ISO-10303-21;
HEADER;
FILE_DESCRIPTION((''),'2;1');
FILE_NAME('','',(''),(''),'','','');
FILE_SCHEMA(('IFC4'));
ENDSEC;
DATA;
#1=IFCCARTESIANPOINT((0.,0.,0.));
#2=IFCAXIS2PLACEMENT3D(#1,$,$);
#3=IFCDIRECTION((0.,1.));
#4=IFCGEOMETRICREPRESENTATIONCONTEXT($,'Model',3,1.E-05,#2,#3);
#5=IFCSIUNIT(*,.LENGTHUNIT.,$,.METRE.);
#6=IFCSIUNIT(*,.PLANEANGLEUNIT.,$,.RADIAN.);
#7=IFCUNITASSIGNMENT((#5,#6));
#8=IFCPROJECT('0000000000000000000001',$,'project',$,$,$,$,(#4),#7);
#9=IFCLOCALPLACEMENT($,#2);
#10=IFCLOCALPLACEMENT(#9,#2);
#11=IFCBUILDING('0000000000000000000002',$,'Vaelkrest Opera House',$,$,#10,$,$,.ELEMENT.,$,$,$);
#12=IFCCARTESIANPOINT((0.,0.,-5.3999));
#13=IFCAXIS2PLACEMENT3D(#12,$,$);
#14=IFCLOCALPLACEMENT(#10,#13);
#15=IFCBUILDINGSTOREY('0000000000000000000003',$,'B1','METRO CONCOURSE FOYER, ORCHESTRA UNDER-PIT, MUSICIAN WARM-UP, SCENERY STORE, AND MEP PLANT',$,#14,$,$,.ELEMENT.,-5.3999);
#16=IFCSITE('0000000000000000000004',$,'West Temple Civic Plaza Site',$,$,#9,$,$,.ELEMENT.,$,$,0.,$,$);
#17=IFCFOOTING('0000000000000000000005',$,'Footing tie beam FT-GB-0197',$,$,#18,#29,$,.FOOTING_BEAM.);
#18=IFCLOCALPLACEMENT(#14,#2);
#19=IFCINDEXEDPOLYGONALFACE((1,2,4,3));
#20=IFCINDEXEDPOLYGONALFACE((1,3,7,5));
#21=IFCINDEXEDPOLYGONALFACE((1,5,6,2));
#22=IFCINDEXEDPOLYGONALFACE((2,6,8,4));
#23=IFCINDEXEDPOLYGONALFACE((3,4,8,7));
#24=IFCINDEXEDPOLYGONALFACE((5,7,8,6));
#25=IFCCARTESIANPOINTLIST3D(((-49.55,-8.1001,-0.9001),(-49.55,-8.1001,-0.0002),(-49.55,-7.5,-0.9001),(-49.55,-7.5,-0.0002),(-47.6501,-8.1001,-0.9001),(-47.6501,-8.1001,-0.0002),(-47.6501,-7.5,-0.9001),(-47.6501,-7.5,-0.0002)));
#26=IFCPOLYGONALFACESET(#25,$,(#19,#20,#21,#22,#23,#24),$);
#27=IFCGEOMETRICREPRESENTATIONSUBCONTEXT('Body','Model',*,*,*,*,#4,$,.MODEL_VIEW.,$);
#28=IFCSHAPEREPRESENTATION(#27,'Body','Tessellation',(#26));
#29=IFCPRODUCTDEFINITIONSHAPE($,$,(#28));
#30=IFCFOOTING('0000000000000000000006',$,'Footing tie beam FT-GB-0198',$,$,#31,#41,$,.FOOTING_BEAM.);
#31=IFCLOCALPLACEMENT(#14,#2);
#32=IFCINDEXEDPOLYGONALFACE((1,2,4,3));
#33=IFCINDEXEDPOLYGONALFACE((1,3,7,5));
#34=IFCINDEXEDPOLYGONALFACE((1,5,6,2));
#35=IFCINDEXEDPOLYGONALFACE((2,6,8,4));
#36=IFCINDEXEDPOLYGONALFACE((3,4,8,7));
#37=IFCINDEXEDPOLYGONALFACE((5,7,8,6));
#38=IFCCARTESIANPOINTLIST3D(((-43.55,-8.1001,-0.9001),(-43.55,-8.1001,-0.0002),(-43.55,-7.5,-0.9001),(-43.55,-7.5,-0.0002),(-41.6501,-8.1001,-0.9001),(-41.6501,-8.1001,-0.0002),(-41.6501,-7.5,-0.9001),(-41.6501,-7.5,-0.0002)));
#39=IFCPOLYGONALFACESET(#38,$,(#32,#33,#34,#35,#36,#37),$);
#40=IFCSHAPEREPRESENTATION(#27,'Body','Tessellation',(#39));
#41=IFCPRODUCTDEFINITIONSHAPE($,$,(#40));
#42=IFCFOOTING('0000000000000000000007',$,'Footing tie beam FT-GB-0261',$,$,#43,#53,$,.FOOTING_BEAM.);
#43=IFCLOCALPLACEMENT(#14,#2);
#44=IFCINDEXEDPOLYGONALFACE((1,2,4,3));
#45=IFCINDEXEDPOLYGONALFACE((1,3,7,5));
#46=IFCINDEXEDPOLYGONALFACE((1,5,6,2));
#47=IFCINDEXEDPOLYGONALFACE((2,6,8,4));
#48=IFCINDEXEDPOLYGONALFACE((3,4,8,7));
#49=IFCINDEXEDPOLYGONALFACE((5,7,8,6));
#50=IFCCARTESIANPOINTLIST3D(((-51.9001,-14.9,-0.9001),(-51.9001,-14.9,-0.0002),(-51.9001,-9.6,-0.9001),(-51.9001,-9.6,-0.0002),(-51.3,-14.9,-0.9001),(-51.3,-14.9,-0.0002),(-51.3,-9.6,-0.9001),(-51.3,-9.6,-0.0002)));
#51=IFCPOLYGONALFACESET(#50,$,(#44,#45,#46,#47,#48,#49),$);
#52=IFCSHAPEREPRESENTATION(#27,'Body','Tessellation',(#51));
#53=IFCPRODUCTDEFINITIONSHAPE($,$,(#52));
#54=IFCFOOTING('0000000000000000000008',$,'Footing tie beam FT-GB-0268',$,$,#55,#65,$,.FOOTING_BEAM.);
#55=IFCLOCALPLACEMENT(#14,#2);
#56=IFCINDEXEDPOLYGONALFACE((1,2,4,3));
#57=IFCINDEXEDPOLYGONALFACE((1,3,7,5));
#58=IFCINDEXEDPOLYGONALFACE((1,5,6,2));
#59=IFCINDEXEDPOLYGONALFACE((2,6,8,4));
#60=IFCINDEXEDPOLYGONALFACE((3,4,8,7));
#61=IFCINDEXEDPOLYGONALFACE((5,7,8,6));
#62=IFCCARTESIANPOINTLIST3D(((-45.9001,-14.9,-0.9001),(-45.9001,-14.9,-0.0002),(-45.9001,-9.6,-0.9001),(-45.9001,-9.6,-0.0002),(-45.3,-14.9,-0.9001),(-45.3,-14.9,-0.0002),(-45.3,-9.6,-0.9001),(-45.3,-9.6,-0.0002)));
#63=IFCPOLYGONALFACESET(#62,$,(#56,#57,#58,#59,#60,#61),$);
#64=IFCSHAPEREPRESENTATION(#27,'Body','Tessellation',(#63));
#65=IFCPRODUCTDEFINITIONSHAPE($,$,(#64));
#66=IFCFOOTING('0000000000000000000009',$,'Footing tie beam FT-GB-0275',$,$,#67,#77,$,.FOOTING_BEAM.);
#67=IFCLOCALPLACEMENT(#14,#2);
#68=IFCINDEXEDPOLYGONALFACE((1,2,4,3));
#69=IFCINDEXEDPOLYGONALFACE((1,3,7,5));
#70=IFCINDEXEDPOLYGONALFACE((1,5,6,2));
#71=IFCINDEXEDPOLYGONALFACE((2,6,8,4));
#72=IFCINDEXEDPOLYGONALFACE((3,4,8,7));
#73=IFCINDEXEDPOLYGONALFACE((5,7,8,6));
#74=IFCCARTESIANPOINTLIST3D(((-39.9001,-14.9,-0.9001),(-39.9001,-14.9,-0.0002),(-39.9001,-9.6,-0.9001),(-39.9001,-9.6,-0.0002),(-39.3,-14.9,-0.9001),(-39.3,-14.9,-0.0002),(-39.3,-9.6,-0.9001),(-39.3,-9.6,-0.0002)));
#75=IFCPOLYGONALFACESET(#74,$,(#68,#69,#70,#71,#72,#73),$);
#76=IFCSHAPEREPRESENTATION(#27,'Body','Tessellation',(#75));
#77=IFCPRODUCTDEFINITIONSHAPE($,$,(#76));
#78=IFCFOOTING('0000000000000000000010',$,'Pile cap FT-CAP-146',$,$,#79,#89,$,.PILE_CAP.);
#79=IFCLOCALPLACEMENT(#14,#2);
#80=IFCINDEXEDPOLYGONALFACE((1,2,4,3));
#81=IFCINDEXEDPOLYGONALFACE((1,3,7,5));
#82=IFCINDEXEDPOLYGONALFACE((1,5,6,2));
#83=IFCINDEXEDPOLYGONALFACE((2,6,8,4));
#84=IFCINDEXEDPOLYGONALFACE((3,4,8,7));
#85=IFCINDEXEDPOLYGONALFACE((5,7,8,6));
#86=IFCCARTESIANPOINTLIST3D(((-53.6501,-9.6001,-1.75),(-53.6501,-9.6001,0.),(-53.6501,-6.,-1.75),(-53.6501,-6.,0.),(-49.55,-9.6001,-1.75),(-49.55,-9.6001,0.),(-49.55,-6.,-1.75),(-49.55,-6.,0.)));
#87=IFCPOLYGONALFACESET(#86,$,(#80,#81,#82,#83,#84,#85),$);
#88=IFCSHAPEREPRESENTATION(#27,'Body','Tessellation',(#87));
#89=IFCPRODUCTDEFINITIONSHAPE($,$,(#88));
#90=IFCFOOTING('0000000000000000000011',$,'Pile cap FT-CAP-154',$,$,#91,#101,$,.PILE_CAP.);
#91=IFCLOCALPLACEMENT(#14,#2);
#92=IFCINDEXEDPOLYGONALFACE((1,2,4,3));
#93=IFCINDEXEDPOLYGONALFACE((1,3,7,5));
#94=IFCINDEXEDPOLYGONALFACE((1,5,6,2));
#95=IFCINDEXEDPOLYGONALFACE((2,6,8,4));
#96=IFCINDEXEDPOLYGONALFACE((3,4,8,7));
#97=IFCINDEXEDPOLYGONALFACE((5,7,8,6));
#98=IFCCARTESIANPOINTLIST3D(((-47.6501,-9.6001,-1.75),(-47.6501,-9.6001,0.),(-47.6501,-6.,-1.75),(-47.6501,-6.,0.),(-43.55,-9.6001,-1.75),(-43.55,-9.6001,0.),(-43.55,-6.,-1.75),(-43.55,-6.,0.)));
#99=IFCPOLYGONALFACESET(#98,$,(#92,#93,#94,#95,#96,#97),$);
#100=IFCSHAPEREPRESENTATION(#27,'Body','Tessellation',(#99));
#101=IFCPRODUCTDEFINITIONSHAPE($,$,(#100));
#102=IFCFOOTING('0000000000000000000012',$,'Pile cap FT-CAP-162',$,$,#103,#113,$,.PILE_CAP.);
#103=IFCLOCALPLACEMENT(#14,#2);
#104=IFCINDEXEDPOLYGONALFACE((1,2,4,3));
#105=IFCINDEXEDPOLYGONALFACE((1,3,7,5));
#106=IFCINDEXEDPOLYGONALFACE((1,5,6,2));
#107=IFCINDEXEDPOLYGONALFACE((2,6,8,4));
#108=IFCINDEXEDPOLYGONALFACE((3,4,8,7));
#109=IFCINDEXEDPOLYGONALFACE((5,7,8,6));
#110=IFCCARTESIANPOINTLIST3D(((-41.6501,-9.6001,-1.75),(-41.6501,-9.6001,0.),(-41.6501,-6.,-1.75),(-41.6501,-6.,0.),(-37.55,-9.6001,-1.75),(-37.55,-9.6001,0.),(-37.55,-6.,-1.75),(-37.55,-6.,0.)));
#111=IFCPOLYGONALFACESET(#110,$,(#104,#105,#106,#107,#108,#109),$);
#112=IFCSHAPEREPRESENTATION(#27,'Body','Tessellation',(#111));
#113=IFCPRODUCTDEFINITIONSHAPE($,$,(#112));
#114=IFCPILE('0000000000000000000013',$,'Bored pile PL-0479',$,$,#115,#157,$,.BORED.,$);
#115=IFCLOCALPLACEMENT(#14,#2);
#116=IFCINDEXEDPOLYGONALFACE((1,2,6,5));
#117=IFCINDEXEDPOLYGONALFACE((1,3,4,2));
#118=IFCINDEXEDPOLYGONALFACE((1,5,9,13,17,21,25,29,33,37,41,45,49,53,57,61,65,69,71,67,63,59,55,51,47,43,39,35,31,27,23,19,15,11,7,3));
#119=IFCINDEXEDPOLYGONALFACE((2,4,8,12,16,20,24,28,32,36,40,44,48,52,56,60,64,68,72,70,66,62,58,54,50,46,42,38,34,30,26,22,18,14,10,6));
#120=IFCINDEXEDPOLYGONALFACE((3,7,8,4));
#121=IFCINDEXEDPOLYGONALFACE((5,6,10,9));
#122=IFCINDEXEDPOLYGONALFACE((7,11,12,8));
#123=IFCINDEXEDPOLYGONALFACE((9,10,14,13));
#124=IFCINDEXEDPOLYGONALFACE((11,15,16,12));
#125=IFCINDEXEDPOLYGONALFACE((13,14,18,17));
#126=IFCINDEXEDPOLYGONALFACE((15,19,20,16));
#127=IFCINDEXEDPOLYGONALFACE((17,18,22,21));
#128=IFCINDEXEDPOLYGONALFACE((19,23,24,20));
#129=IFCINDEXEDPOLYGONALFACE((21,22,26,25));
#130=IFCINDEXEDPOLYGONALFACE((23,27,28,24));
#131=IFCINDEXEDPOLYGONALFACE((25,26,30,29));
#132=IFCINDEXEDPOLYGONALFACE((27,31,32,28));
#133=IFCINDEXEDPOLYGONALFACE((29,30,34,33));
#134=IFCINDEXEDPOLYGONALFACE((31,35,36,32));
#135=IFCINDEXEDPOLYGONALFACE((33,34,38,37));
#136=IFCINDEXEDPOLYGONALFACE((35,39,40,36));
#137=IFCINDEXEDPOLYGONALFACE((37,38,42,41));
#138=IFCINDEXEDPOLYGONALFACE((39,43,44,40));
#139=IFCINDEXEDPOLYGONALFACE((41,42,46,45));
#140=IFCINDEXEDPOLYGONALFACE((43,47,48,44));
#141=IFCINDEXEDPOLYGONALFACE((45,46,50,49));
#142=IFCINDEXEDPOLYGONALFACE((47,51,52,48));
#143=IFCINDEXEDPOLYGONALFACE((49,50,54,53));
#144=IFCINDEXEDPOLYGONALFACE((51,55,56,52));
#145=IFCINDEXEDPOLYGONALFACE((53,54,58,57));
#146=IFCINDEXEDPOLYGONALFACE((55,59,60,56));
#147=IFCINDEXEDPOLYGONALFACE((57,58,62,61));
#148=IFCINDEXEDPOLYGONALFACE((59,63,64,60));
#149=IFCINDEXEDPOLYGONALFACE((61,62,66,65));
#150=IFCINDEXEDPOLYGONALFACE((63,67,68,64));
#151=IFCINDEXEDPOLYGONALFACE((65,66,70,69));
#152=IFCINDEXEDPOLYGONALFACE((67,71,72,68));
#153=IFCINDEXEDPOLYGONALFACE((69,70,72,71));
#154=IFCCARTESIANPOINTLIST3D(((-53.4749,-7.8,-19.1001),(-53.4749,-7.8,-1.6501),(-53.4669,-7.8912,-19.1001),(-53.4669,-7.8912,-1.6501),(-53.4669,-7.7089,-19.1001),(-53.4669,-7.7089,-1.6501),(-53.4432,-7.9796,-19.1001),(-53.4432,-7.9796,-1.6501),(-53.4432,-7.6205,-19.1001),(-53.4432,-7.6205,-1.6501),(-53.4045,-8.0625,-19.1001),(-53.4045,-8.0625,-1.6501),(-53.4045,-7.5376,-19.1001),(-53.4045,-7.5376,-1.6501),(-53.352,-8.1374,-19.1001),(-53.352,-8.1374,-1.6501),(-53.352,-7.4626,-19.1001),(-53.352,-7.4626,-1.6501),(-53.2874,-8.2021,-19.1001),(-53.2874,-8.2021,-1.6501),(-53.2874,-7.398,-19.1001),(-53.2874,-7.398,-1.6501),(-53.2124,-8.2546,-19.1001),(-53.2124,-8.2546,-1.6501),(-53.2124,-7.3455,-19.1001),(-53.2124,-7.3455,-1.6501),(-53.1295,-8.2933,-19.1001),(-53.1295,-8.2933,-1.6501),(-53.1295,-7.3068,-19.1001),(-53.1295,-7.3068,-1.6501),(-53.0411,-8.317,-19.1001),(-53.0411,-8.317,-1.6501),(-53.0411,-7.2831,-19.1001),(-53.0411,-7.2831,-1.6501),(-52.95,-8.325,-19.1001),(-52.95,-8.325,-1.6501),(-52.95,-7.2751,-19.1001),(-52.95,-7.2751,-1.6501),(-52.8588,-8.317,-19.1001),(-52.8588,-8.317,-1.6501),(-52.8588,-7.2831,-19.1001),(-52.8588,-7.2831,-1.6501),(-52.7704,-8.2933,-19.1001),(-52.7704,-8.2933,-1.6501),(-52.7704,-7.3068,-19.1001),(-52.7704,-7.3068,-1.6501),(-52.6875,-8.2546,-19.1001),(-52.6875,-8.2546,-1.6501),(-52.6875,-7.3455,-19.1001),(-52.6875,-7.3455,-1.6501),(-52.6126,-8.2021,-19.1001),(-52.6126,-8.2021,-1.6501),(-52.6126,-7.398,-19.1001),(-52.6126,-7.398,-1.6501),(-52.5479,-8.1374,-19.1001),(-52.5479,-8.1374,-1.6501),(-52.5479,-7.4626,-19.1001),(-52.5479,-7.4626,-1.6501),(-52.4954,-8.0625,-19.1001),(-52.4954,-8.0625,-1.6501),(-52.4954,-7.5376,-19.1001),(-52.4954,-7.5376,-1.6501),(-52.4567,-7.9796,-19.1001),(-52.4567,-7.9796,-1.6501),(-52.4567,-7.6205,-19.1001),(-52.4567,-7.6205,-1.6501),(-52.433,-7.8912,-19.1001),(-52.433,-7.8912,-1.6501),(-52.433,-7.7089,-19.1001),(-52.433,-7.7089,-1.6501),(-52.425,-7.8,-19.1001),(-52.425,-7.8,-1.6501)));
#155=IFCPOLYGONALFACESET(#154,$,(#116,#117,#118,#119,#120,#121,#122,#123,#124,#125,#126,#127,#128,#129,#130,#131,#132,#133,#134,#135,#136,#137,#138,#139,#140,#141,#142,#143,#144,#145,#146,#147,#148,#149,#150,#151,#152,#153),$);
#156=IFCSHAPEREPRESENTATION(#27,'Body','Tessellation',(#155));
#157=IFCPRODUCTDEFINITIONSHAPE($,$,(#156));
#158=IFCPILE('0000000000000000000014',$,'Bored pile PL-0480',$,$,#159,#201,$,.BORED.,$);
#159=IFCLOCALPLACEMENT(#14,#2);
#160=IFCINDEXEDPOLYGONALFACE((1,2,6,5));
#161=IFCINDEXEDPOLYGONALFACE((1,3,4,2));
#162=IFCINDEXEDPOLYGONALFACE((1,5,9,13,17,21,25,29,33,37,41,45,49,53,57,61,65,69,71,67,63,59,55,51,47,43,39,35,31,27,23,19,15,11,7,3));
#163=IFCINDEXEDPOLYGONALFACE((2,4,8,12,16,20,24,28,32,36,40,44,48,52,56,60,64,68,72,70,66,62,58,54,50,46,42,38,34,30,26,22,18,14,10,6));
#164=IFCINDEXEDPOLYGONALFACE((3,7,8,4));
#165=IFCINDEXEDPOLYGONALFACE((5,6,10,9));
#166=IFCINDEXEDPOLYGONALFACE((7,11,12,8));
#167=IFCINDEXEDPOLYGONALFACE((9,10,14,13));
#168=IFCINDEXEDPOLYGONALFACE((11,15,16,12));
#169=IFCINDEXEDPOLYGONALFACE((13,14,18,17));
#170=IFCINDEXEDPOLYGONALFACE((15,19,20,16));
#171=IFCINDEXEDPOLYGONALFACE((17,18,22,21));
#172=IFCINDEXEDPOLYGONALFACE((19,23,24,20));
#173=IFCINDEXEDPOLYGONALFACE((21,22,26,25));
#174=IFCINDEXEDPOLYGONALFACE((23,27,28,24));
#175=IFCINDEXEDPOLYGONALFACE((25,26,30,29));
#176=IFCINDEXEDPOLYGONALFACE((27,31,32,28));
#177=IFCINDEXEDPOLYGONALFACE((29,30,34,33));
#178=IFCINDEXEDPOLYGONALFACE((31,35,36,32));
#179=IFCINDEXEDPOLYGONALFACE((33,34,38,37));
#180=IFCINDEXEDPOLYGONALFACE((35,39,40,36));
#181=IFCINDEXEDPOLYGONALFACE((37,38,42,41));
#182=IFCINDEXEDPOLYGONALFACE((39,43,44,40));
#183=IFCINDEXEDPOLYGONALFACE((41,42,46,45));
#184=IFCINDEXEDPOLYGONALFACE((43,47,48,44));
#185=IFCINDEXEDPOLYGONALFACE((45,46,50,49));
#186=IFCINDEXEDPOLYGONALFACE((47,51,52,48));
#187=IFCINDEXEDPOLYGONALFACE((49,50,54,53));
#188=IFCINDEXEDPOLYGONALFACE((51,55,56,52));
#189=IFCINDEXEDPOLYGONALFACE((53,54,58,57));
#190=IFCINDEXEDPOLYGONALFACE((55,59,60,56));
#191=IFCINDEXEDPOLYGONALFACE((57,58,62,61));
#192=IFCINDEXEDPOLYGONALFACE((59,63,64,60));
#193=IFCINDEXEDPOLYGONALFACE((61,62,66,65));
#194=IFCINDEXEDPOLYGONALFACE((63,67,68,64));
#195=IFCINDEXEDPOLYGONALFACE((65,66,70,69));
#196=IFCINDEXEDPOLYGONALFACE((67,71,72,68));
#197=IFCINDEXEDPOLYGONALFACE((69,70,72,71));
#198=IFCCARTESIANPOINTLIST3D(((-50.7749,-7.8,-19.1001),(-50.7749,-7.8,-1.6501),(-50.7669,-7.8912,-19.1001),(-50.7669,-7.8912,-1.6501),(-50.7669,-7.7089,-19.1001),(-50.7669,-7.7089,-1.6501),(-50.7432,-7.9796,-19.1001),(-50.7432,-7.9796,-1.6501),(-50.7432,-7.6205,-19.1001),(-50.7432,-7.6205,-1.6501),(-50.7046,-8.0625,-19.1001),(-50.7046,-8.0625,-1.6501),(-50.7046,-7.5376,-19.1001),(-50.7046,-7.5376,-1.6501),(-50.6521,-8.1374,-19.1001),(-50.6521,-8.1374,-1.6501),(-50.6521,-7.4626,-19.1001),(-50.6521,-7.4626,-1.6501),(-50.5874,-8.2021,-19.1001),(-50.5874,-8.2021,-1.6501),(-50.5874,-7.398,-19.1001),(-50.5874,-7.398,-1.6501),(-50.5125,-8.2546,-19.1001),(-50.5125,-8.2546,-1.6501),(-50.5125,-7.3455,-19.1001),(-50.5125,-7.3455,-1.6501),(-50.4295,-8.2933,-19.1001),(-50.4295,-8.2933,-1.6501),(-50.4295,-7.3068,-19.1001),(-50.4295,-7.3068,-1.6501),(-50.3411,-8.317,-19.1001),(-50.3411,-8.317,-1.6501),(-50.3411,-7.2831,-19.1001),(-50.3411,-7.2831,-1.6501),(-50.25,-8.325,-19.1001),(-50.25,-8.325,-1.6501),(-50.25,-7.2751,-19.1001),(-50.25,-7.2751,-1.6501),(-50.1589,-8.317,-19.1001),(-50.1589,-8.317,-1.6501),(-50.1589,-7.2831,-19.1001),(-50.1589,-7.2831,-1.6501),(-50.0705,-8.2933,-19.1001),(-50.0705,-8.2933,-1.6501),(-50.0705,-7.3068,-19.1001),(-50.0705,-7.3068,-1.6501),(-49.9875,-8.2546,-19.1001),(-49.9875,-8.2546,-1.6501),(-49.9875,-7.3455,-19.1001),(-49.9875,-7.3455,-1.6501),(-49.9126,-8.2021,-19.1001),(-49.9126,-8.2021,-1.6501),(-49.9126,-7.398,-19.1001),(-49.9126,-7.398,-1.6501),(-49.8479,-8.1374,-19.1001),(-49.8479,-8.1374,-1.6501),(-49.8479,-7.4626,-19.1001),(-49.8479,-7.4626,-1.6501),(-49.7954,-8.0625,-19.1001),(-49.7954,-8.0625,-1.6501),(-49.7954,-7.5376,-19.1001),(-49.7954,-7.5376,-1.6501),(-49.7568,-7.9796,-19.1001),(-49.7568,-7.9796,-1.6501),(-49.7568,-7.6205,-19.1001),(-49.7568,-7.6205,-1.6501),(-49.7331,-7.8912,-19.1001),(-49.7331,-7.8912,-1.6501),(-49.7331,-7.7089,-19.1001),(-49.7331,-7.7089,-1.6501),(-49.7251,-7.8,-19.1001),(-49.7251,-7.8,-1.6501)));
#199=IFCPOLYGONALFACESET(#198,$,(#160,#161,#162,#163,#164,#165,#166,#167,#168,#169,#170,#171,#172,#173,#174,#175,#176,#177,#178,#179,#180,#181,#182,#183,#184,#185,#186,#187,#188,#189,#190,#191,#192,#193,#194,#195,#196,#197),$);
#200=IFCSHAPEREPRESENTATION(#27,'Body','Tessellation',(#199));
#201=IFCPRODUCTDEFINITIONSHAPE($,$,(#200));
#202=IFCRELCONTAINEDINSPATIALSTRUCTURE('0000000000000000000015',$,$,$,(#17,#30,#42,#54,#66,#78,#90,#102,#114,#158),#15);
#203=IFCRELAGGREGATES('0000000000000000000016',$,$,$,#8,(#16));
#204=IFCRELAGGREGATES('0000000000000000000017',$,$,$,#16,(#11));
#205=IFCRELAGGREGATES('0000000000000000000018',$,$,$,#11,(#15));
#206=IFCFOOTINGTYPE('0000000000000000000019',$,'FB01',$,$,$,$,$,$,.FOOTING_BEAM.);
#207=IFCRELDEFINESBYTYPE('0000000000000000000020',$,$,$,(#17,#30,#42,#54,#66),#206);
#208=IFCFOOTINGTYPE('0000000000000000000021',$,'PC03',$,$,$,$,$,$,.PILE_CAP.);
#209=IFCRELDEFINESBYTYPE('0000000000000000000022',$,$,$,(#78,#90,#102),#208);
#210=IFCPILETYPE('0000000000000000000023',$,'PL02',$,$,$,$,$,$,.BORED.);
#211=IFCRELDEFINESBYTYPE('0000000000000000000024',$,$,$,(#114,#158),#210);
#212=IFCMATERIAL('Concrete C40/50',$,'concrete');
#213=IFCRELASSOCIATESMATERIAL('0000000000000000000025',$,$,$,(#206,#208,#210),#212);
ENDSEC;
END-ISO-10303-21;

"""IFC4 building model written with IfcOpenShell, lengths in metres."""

from ifc_helpers import new_model, si_unit, direction, frame, origin, origin_2d, place, context, subcontext, project, spatial, rectangle, circle, extrude, material, material_profile, profile_set, type_object, element, save


model = new_model("IFC4")

# Units and contexts
model_context = context("Model", 3, precision=1e-05, world=origin(), true_north=direction((0.0, 1.0)))
body_context = subcontext(model_context, "Body", "Model", "MODEL_VIEW")
ifc_project = project(units=[si_unit("LENGTHUNIT", "METRE"), si_unit("PLANEANGLEUNIT", "RADIAN")], contexts=[model_context])

# Site, building, storey
site_placement = place(None, origin())
site = spatial("IfcSite", under=ifc_project, at=site_placement, Name="West Temple Civic Plaza Site", CompositionType="ELEMENT", RefElevation=0.0)
building_placement = place(site_placement, origin())
building = spatial("IfcBuilding", under=site, at=building_placement, Name="Vaelkrest Opera House", CompositionType="ELEMENT")
storey_placement = place(building_placement, frame((0.0, 0.0, -5.3999)))
storey = spatial("IfcBuildingStorey", under=building, at=storey_placement, Name="B1", Description="METRO CONCOURSE FOYER, ORCHESTRA UNDER-PIT, MUSICIAN WARM-UP, SCENERY STORE, AND MEP PLANT", CompositionType="ELEMENT", Elevation=-5.3999)

# Footings
ifc_material_1 = material(Name="Concrete C40/50", Category="concrete")
footing_type_1 = type_object("IfcFootingType", Name="FB01", PredefinedType="FOOTING_BEAM", material=ifc_material_1)
for number, where, z_axis, x_axis, name in (
    (1, (-48.6001, -7.8, -0.9001), (0.0, 0.0, 1.0), (1.0, 0.0, 0.0), "Footing tie beam FT-GB-0197"),
    (2, (-42.6001, -7.8, -0.9001), (0.0, 0.0, 1.0), (1.0, 0.0, 0.0), "Footing tie beam FT-GB-0198"),
):
    element("IfcFooting", number, at=place(storey_placement, frame(where, z_axis=z_axis, x_axis=x_axis)), inside=storey, type_object=footing_type_1, Name=name, PredefinedType="FOOTING_BEAM", context=body_context, shape_type="SweptSolid", body=[
        extrude(rectangle(XDim=1.8999, YDim=0.6001, at=origin_2d()), origin(), (0.0, 0.0, 1.0), 0.8999),
    ])
for number, where, z_axis, x_axis, name in (
    (3, (-51.6001, -12.25, -0.9001), (0.0, 0.0, 1.0), (0.0, 1.0, 0.0), "Footing tie beam FT-GB-0261"),
    (4, (-45.6001, -12.25, -0.9001), (0.0, 0.0, 1.0), (0.0, 1.0, 0.0), "Footing tie beam FT-GB-0268"),
    (5, (-39.6001, -12.25, -0.9001), (0.0, 0.0, 1.0), (0.0, 1.0, 0.0), "Footing tie beam FT-GB-0275"),
):
    element("IfcFooting", number, at=place(storey_placement, frame(where, z_axis=z_axis, x_axis=x_axis)), inside=storey, type_object=footing_type_1, Name=name, PredefinedType="FOOTING_BEAM", context=body_context, shape_type="SweptSolid", body=[
        extrude(rectangle(XDim=5.3, YDim=0.6001, at=origin_2d()), origin(), (0.0, 0.0, 1.0), 0.8999),
    ])
footing_type_2 = type_object("IfcFootingType", Name="PC03", PredefinedType="PILE_CAP", material=ifc_material_1)
for number, where, z_axis, x_axis, name in (
    (6, (-51.6001, -7.8, -1.75), (0.0, 0.0, 1.0), (1.0, 0.0, 0.0), "Pile cap FT-CAP-146"),
    (7, (-45.6001, -7.8, -1.75), (0.0, 0.0, 1.0), (1.0, 0.0, 0.0), "Pile cap FT-CAP-154"),
    (8, (-39.6001, -7.8, -1.75), (0.0, 0.0, 1.0), (1.0, 0.0, 0.0), "Pile cap FT-CAP-162"),
):
    element("IfcFooting", number, at=place(storey_placement, frame(where, z_axis=z_axis, x_axis=x_axis)), inside=storey, type_object=footing_type_2, Name=name, PredefinedType="PILE_CAP", context=body_context, shape_type="SweptSolid", body=[
        extrude(rectangle(XDim=4.1001, YDim=3.6001, at=origin_2d()), origin(), (0.0, 0.0, 1.0), 1.75),
    ])

# Piles
ifc_material_profile_1 = material_profile(ifc_material_1, circle(Radius=0.5249, at=origin_2d()), Name="PILE1050")
ifc_profile_set_1 = profile_set([ifc_material_profile_1], Name="Concrete C40/50")
pile_type = type_object("IfcPileType", Name="PL02", PredefinedType="BORED", material=ifc_profile_set_1)
for number, where, z_axis, x_axis, name in (
    (9, (-52.95, -7.8, -1.6501), (0.0, 0.0, -1.0), (1.0, 0.0, 0.0), "Bored pile PL-0479"),
    (10, (-50.25, -7.8, -1.6501), (0.0, 0.0, -1.0), (1.0, 0.0, 0.0), "Bored pile PL-0480"),
):
    element("IfcPile", number, at=place(storey_placement, frame(where, z_axis=z_axis, x_axis=x_axis)), inside=storey, type_object=pile_type, Name=name, PredefinedType="BORED", context=body_context, shape_type="SweptSolid", body=[
        extrude(circle(Radius=0.5249, at=origin_2d()), origin(), (0.0, 0.0, 1.0), 17.45),
    ])

save(model, "model.ifc")
